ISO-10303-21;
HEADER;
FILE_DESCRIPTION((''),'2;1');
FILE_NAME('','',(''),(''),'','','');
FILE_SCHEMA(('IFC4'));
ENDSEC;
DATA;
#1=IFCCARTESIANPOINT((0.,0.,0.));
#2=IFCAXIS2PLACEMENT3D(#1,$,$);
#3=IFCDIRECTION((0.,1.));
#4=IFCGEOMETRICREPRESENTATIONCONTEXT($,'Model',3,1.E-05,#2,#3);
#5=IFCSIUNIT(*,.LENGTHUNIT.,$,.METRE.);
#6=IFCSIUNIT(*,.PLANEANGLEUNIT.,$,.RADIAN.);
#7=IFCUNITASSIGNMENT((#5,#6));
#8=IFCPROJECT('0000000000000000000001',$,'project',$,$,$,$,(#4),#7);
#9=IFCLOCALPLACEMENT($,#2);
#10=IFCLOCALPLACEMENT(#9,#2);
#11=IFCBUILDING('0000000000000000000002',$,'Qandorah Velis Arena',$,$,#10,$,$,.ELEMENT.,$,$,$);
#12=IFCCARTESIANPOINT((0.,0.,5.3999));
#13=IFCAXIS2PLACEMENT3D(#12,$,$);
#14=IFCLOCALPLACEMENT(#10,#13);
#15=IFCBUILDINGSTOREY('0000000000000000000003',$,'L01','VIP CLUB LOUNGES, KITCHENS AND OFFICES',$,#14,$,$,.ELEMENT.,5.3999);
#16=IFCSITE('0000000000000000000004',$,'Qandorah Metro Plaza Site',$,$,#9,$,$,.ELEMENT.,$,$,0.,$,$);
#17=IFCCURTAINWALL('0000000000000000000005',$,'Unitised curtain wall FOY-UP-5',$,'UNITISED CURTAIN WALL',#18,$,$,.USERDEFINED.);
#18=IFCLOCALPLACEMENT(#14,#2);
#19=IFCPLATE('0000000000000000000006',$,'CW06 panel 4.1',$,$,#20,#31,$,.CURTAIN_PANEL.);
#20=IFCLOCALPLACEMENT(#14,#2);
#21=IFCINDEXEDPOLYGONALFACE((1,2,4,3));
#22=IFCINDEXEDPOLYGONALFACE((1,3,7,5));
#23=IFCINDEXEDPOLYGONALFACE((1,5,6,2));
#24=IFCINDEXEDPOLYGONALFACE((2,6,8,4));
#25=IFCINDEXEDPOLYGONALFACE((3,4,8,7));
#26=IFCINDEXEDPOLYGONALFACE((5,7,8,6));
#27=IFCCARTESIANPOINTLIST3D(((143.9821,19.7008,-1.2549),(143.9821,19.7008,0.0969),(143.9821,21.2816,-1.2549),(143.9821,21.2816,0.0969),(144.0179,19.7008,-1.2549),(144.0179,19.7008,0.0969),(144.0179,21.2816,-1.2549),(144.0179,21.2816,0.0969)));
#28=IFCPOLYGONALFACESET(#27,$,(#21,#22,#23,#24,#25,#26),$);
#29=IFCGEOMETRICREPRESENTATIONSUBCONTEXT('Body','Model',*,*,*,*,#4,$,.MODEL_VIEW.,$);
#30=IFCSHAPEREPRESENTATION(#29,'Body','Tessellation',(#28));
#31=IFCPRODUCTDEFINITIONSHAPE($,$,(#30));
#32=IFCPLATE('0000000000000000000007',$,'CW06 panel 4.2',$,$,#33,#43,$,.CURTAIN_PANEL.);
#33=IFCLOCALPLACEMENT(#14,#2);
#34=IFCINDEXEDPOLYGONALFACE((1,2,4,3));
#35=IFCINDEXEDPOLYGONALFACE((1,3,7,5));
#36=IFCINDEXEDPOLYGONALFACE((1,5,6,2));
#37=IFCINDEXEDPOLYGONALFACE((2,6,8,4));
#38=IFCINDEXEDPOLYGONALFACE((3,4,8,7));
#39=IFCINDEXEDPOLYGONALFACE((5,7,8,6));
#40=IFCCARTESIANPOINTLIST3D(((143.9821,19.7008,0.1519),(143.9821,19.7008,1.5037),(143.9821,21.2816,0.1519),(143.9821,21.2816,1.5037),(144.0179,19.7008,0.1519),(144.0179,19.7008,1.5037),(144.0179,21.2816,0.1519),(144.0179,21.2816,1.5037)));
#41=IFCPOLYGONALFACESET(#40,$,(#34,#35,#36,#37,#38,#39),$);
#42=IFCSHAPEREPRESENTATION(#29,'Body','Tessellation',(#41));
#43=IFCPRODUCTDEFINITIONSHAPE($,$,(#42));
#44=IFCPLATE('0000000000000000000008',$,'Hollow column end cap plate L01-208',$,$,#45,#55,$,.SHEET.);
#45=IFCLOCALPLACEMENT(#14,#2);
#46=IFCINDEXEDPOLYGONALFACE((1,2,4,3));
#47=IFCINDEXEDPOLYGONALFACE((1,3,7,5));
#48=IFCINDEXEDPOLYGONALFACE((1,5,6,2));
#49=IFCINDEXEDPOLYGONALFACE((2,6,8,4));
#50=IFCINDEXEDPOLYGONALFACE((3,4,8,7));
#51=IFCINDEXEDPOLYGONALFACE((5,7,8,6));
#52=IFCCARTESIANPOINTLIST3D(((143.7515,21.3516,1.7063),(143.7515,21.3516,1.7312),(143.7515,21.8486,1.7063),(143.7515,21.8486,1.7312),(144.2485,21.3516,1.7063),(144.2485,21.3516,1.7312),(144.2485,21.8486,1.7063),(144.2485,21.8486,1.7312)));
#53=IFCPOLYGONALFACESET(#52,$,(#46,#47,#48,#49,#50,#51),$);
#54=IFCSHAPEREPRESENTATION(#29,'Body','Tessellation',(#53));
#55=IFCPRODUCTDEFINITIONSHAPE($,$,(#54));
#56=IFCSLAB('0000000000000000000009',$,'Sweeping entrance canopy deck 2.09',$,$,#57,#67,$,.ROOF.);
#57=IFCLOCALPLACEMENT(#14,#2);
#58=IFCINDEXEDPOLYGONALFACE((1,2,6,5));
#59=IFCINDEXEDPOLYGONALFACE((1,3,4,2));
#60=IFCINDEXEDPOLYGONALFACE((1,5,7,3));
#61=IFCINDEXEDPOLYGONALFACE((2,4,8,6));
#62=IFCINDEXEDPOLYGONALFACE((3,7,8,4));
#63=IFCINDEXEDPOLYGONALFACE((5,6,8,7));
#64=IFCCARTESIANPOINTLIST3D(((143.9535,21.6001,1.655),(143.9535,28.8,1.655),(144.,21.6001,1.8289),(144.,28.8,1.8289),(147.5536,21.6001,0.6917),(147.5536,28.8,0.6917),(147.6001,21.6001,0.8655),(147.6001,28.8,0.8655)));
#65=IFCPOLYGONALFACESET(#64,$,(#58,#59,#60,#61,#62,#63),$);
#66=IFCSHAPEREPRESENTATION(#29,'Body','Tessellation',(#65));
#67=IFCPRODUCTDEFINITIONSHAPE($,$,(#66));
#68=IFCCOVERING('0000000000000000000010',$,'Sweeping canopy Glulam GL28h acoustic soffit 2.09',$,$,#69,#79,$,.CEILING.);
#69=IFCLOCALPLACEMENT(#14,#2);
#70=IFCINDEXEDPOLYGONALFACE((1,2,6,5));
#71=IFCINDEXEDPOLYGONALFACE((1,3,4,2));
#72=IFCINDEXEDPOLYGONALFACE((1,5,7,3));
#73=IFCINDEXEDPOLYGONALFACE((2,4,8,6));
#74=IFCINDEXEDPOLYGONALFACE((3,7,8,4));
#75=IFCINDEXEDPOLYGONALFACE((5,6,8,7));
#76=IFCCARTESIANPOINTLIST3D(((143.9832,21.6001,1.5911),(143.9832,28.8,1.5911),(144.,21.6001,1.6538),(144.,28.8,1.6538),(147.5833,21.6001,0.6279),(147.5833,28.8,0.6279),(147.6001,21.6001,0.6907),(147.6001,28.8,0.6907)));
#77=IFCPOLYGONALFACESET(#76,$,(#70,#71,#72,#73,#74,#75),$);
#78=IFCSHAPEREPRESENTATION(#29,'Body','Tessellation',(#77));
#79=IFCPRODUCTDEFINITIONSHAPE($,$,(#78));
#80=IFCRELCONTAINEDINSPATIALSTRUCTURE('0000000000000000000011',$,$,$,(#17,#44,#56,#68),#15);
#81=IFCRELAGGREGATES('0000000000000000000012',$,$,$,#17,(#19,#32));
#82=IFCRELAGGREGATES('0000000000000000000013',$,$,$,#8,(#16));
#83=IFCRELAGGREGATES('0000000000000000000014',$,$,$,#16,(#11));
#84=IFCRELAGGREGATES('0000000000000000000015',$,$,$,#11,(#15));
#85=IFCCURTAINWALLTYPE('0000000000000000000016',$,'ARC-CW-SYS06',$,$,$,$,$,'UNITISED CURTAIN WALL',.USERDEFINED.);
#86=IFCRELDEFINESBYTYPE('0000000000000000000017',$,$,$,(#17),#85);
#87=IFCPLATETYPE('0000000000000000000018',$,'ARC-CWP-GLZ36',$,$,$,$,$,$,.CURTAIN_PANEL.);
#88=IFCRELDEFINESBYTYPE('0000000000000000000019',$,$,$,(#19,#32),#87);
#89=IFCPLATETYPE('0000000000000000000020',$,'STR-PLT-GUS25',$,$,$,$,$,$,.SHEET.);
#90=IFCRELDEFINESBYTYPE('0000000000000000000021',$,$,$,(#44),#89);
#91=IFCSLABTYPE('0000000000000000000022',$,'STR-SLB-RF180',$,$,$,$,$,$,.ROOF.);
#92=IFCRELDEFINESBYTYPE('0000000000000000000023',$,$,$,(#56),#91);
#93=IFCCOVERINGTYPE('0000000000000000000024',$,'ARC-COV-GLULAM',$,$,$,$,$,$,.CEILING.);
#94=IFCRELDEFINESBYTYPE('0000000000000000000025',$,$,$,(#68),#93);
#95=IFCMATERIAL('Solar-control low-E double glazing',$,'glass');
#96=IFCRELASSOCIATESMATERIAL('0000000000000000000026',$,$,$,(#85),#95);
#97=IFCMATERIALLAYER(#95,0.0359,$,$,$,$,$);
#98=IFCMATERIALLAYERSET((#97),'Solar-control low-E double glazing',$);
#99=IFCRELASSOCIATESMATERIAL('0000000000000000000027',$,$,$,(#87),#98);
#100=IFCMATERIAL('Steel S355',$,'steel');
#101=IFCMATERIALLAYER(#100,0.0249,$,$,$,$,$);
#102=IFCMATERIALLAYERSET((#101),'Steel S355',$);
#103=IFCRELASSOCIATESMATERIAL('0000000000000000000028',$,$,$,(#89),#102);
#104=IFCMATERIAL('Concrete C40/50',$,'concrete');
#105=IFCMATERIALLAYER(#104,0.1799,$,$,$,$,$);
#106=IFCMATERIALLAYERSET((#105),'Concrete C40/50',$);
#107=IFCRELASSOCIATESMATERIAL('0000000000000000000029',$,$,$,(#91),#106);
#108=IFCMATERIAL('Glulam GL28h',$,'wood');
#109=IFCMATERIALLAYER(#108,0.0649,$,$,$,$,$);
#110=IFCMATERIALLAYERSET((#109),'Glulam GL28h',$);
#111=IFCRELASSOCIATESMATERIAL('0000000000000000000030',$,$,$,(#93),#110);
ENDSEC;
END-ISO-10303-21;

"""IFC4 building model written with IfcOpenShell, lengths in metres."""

from ifc_helpers import new_model, si_unit, direction, frame, origin, origin_2d, place, context, subcontext, project, spatial, polyline, rectangle, outline, extrude, material, layer, layer_set, type_object, element, aggregate, save


model = new_model("IFC4")

# Units and contexts
model_context = context("Model", 3, precision=1e-05, world=origin(), true_north=direction((0.0, 1.0)))
body_context = subcontext(model_context, "Body", "Model", "MODEL_VIEW")
ifc_project = project(units=[si_unit("LENGTHUNIT", "METRE"), si_unit("PLANEANGLEUNIT", "RADIAN")], contexts=[model_context])

# Site, building, storey
site_placement = place(None, origin())
site = spatial("IfcSite", under=ifc_project, at=site_placement, Name="Qandorah Metro Plaza Site", CompositionType="ELEMENT", RefElevation=0.0)
building_placement = place(site_placement, origin())
building = spatial("IfcBuilding", under=site, at=building_placement, Name="Qandorah Velis Arena", CompositionType="ELEMENT")
storey_placement = place(building_placement, frame((0.0, 0.0, 5.3999)))
storey = spatial("IfcBuildingStorey", under=building, at=storey_placement, Name="L01", Description="VIP CLUB LOUNGES, KITCHENS AND OFFICES", CompositionType="ELEMENT", Elevation=5.3999)

# Shared definitions
ifc_material_1 = material(Name="Steel S355", Category="steel")

# Curtain wall
ifc_material_2 = material(Name="Solar-control low-E double glazing", Category="glass")
curtain_wall_type = type_object("IfcCurtainWallType", Name="ARC-CW-SYS06", ElementType="UNITISED CURTAIN WALL", PredefinedType="USERDEFINED", material=ifc_material_2)
curtain_wall_placement = place(storey_placement, origin())
curtain_wall = element("IfcCurtainWall", 1, at=curtain_wall_placement, inside=storey, type_object=curtain_wall_type, Name="Unitised curtain wall FOY-UP-5", ObjectType="UNITISED CURTAIN WALL", PredefinedType="USERDEFINED")

# Plates
ifc_layer_1 = layer(ifc_material_2, 0.0359)
ifc_layer_set_1 = layer_set([ifc_layer_1], Name="Solar-control low-E double glazing")
plate_type_1 = type_object("IfcPlateType", Name="ARC-CWP-GLZ36", PredefinedType="CURTAIN_PANEL", material=ifc_layer_set_1)
plate_1_placement = place(storey_placement, frame((144.0, 20.4912, -1.2549), z_axis=(0.0, 0.0, 1.0), x_axis=(0.0, 1.0, 0.0)))
plate_1 = element("IfcPlate", 2, at=plate_1_placement, type_object=plate_type_1, Name="CW06 panel 4.1", PredefinedType="CURTAIN_PANEL", context=body_context, shape_type="SweptSolid", body=[
    extrude(rectangle(XDim=1.5808, YDim=0.0359, at=origin_2d()), origin(), (0.0, 0.0, 1.0), 1.3518),
])
plate_2_placement = place(storey_placement, frame((144.0, 20.4912, 0.1519), z_axis=(0.0, 0.0, 1.0), x_axis=(0.0, 1.0, 0.0)))
plate_2 = element("IfcPlate", 3, at=plate_2_placement, type_object=plate_type_1, Name="CW06 panel 4.2", PredefinedType="CURTAIN_PANEL", context=body_context, shape_type="SweptSolid", body=[
    extrude(rectangle(XDim=1.5808, YDim=0.0359, at=origin_2d()), origin(), (0.0, 0.0, 1.0), 1.3518),
])
aggregate(curtain_wall, [plate_1, plate_2])
ifc_layer_2 = layer(ifc_material_1, 0.0249)
ifc_layer_set_2 = layer_set([ifc_layer_2], Name="Steel S355")
plate_type_2 = type_object("IfcPlateType", Name="STR-PLT-GUS25", PredefinedType="SHEET", material=ifc_layer_set_2)
plate_3_placement = place(storey_placement, frame((144.0, 21.6001, 1.7063), z_axis=(0.0, 0.0, 1.0), x_axis=(1.0, 0.0, 0.0)))
element("IfcPlate", 4, at=plate_3_placement, inside=storey, type_object=plate_type_2, Name="Hollow column end cap plate L01-208", PredefinedType="SHEET", context=body_context, shape_type="SweptSolid", body=[
    extrude(rectangle(XDim=0.4971, YDim=0.4971, at=origin_2d()), origin(), (0.0, 0.0, 1.0), 0.0249),
])

# Slab
ifc_material_3 = material(Name="Concrete C40/50", Category="concrete")
ifc_layer_3 = layer(ifc_material_3, 0.1799)
ifc_layer_set_3 = layer_set([ifc_layer_3], Name="Concrete C40/50")
slab_type = type_object("IfcSlabType", Name="STR-SLB-RF180", PredefinedType="ROOF", material=ifc_layer_set_3)
slab_placement = place(storey_placement, frame((144.0, 21.6001, 1.8289), z_axis=(0.258502, 0.0, 0.966011), x_axis=(0.966011, 0.0, -0.258502)))
element("IfcSlab", 5, at=slab_placement, inside=storey, type_object=slab_type, Name="Sweeping entrance canopy deck 2.09", PredefinedType="ROOF", context=body_context, shape_type="SweptSolid", body=[
    extrude(outline(polyline([(0.0, 0.0), (3.7268, 0.0), (3.7268, 7.2), (0.0, 7.2), (0.0, 0.0)])), origin(), (0.0, 0.0, -1.0), 0.1799),
])

# Covering
ifc_material_4 = material(Name="Glulam GL28h", Category="wood")
ifc_layer_4 = layer(ifc_material_4, 0.0649)
ifc_layer_set_4 = layer_set([ifc_layer_4], Name="Glulam GL28h")
covering_type = type_object("IfcCoveringType", Name="ARC-COV-GLULAM", PredefinedType="CEILING", material=ifc_layer_set_4)
covering_placement = place(storey_placement, frame((144.0, 21.6001, 1.6538), z_axis=(0.258441, 0.0, 0.966027), x_axis=(0.966027, 0.0, -0.258441)))
element("IfcCovering", 6, at=covering_placement, inside=storey, type_object=covering_type, Name="Sweeping canopy Glulam GL28h acoustic soffit 2.09", PredefinedType="CEILING", context=body_context, shape_type="SweptSolid", body=[
    extrude(outline(polyline([(0.0, 0.0), (3.7267, 0.0), (3.7267, 7.2), (0.0, 7.2), (0.0, 0.0)])), origin(), (0.0, 0.0, -1.0), 0.0649),
])

save(model, "model.ifc")
